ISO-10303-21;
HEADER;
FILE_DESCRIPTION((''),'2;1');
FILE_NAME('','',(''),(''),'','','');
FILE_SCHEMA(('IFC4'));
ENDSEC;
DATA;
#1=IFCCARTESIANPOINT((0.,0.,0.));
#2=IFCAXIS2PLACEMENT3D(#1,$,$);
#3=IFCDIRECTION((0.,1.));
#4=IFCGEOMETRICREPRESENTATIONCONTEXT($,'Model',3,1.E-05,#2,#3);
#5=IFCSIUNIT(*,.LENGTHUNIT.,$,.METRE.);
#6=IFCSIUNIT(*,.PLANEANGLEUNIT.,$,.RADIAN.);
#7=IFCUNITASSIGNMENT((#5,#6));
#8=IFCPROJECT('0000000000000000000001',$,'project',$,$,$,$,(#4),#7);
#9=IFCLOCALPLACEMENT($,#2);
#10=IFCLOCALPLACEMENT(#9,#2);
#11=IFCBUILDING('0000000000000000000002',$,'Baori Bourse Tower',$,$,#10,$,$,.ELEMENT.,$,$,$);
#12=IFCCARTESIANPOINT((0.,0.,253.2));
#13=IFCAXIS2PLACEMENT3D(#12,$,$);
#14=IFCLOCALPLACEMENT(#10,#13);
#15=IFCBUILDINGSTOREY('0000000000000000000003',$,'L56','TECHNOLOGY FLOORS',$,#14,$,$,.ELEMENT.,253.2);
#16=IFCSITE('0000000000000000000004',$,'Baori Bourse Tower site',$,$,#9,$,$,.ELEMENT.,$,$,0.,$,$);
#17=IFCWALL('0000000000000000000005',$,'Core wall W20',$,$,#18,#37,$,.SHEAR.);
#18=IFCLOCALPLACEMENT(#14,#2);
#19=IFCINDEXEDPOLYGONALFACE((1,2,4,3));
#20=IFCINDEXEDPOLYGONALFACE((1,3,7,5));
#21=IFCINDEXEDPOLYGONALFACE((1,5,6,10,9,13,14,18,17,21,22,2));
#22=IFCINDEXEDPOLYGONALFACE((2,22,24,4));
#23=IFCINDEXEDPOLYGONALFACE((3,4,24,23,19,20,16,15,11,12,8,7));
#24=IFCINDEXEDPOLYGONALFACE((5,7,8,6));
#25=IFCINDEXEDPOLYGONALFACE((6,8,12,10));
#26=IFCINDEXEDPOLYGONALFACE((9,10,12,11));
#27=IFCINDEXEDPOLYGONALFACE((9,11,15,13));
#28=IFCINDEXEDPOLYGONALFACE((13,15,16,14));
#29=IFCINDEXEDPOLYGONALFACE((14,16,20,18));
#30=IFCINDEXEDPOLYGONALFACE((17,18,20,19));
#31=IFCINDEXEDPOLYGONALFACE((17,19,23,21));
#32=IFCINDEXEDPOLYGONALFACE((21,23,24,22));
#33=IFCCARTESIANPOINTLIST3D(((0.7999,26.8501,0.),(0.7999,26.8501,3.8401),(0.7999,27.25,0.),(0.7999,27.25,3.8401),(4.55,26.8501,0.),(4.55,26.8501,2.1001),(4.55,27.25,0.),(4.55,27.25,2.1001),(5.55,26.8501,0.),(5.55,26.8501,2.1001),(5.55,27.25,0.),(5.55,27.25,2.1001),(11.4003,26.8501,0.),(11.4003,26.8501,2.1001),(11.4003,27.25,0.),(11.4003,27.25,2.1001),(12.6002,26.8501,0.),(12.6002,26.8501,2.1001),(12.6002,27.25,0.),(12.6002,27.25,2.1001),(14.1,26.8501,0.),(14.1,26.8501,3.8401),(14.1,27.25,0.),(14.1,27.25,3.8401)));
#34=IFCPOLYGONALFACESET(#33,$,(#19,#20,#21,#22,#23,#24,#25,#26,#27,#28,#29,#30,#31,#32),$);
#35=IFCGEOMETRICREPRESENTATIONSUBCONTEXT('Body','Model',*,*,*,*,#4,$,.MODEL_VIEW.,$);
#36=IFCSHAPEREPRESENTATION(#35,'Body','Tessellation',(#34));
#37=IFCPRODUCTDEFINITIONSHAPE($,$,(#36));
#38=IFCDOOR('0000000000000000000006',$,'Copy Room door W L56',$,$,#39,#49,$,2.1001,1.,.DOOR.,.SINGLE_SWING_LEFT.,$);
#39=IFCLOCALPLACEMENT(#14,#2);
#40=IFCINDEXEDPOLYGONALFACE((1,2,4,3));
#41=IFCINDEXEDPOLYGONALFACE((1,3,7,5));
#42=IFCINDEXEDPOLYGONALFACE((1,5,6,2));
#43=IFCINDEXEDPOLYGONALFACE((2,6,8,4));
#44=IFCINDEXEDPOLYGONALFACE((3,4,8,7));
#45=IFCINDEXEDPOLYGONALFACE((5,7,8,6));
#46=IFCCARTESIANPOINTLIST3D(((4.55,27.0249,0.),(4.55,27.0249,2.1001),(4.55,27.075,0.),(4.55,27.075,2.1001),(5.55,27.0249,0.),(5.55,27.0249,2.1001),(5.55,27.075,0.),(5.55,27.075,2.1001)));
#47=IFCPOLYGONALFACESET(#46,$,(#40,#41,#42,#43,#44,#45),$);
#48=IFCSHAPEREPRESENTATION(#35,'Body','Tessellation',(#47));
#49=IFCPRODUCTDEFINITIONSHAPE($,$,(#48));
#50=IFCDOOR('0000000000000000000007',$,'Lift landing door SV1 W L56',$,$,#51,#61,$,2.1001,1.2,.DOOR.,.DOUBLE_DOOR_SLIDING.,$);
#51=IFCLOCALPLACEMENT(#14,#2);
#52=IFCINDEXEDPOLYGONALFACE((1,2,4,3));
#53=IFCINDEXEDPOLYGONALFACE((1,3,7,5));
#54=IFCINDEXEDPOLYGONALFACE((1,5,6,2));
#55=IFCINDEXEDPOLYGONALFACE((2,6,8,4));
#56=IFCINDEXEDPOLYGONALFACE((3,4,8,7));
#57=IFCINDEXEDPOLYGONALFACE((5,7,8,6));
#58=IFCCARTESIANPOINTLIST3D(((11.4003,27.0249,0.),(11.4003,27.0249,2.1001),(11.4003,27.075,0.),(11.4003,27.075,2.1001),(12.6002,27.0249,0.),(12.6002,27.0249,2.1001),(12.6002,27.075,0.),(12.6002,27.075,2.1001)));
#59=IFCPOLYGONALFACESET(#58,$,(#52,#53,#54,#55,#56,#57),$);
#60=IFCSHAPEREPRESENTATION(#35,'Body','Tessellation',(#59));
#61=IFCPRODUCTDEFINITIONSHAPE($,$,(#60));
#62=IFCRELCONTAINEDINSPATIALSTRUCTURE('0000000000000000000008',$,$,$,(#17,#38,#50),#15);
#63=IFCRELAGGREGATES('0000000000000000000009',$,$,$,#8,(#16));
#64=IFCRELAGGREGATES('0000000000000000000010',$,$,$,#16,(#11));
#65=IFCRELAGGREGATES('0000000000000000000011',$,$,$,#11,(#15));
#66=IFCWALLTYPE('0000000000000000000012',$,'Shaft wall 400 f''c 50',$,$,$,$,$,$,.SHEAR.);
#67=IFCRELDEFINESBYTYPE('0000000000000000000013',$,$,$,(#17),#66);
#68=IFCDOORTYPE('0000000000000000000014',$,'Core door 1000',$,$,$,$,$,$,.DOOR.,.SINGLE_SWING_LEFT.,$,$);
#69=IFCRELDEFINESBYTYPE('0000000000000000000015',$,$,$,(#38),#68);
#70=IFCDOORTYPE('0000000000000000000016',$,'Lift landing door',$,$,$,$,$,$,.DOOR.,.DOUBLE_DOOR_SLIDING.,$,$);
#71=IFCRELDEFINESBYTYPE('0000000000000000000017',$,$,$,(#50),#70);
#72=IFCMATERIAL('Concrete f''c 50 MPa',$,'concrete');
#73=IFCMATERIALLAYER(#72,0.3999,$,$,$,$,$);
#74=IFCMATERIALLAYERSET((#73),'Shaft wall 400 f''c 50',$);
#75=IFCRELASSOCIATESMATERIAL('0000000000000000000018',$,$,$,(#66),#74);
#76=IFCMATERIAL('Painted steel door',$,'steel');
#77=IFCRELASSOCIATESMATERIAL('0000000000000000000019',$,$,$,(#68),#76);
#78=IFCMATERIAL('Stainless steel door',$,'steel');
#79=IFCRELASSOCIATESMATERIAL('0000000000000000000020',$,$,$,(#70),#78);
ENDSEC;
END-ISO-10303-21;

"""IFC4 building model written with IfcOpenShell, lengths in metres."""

from ifc_helpers import new_model, si_unit, direction, frame, frame_2d, origin, place, context, subcontext, project, spatial, rectangle, extrude, material, layer, layer_set, type_object, element, fill, save


model = new_model("IFC4")

# Units and contexts
model_context = context("Model", 3, precision=1e-05, world=origin(), true_north=direction((0.0, 1.0)))
body_context = subcontext(model_context, "Body", "Model", "MODEL_VIEW")
ifc_project = project(units=[si_unit("LENGTHUNIT", "METRE"), si_unit("PLANEANGLEUNIT", "RADIAN")], contexts=[model_context])

# Site, building, storey
site_placement = place(None, origin())
site = spatial("IfcSite", under=ifc_project, at=site_placement, Name="Baori Bourse Tower site", CompositionType="ELEMENT", RefElevation=0.0)
building_placement = place(site_placement, origin())
building = spatial("IfcBuilding", under=site, at=building_placement, Name="Baori Bourse Tower", CompositionType="ELEMENT")
storey_placement = place(building_placement, frame((0.0, 0.0, 253.2)))
storey = spatial("IfcBuildingStorey", under=building, at=storey_placement, Name="L56", Description="TECHNOLOGY FLOORS", CompositionType="ELEMENT", Elevation=253.2)

# Wall, openings, doors
ifc_material_1 = material(Name="Concrete f'c 50 MPa", Category="concrete")
ifc_layer_1 = layer(ifc_material_1, 0.3999)
ifc_layer_set_1 = layer_set([ifc_layer_1], Name="Shaft wall 400 f'c 50")
wall_type_1 = type_object("IfcWallType", Name="Shaft wall 400 f'c 50", PredefinedType="SHEAR", material=ifc_layer_set_1)
wall_1_placement = place(storey_placement, frame((0.8, 27.05, 0.0), z_axis=(0.0, 0.0, 1.0), x_axis=(1.0, 0.0, 0.0)))
wall_1 = element("IfcWall", 1, at=wall_1_placement, inside=storey, type_object=wall_type_1, Name="Core wall W20", PredefinedType="SHEAR", context=body_context, shape_type="SweptSolid", body=[
    extrude(rectangle(XDim=13.3, YDim=0.3999, at=frame_2d((6.6499, 0.0))), origin(), (0.0, 0.0, 1.0), 3.8401),
])
opening_1_placement = place(wall_1_placement, frame((3.75, 0.0, 0.0)))
opening_1 = element("IfcOpeningElement", 2, at=opening_1_placement, cuts=wall_1, PredefinedType="OPENING", context=body_context, shape_type="SweptSolid", body=[
    extrude(rectangle(XDim=1.0, YDim=2.1001, at=frame_2d((0.5, 1.05))), frame((0.0, 0.21, 0.0), z_axis=(0.0, -1.0, 0.0), x_axis=(1.0, 0.0, 0.0)), (0.0, 0.0, 1.0), 0.4199),
])
opening_2_placement = place(wall_1_placement, frame((10.6001, 0.0, 0.0)))
opening_2 = element("IfcOpeningElement", 3, at=opening_2_placement, cuts=wall_1, PredefinedType="OPENING", context=body_context, shape_type="SweptSolid", body=[
    extrude(rectangle(XDim=1.2, YDim=2.1001, at=frame_2d((0.6001, 1.05))), frame((0.0, 0.21, 0.0), z_axis=(0.0, -1.0, 0.0), x_axis=(1.0, 0.0, 0.0)), (0.0, 0.0, 1.0), 0.4199),
])
ifc_material_2 = material(Name="Painted steel door", Category="steel")
door_type_1 = type_object("IfcDoorType", Name="Core door 1000", OperationType="SINGLE_SWING_LEFT", PredefinedType="DOOR", material=ifc_material_2)
door_1_placement = place(opening_1_placement, origin())
door_1 = element("IfcDoor", 4, at=door_1_placement, inside=storey, type_object=door_type_1, Name="Copy Room door W L56", OperationType="SINGLE_SWING_LEFT", OverallHeight=2.1001, OverallWidth=1.0, PredefinedType="DOOR", context=body_context, shape_type="SweptSolid", body=[
    extrude(rectangle(XDim=1.0, YDim=2.1001, at=frame_2d((0.5, 1.05))), frame((0.0, 0.0249, 0.0), z_axis=(0.0, -1.0, 0.0), x_axis=(1.0, 0.0, 0.0)), (0.0, 0.0, 1.0), 0.05),
])
fill(opening_1, door_1)
ifc_material_3 = material(Name="Stainless steel door", Category="steel")
door_type_2 = type_object("IfcDoorType", Name="Lift landing door", OperationType="DOUBLE_DOOR_SLIDING", PredefinedType="DOOR", material=ifc_material_3)
door_2_placement = place(opening_2_placement, origin())
door_2 = element("IfcDoor", 5, at=door_2_placement, inside=storey, type_object=door_type_2, Name="Lift landing door SV1 W L56", OperationType="DOUBLE_DOOR_SLIDING", OverallHeight=2.1001, OverallWidth=1.2, PredefinedType="DOOR", context=body_context, shape_type="SweptSolid", body=[
    extrude(rectangle(XDim=1.2, YDim=2.1001, at=frame_2d((0.6001, 1.05))), frame((0.0, 0.0249, 0.0), z_axis=(0.0, -1.0, 0.0), x_axis=(1.0, 0.0, 0.0)), (0.0, 0.0, 1.0), 0.05),
])
fill(opening_2, door_2)

save(model, "model.ifc")
